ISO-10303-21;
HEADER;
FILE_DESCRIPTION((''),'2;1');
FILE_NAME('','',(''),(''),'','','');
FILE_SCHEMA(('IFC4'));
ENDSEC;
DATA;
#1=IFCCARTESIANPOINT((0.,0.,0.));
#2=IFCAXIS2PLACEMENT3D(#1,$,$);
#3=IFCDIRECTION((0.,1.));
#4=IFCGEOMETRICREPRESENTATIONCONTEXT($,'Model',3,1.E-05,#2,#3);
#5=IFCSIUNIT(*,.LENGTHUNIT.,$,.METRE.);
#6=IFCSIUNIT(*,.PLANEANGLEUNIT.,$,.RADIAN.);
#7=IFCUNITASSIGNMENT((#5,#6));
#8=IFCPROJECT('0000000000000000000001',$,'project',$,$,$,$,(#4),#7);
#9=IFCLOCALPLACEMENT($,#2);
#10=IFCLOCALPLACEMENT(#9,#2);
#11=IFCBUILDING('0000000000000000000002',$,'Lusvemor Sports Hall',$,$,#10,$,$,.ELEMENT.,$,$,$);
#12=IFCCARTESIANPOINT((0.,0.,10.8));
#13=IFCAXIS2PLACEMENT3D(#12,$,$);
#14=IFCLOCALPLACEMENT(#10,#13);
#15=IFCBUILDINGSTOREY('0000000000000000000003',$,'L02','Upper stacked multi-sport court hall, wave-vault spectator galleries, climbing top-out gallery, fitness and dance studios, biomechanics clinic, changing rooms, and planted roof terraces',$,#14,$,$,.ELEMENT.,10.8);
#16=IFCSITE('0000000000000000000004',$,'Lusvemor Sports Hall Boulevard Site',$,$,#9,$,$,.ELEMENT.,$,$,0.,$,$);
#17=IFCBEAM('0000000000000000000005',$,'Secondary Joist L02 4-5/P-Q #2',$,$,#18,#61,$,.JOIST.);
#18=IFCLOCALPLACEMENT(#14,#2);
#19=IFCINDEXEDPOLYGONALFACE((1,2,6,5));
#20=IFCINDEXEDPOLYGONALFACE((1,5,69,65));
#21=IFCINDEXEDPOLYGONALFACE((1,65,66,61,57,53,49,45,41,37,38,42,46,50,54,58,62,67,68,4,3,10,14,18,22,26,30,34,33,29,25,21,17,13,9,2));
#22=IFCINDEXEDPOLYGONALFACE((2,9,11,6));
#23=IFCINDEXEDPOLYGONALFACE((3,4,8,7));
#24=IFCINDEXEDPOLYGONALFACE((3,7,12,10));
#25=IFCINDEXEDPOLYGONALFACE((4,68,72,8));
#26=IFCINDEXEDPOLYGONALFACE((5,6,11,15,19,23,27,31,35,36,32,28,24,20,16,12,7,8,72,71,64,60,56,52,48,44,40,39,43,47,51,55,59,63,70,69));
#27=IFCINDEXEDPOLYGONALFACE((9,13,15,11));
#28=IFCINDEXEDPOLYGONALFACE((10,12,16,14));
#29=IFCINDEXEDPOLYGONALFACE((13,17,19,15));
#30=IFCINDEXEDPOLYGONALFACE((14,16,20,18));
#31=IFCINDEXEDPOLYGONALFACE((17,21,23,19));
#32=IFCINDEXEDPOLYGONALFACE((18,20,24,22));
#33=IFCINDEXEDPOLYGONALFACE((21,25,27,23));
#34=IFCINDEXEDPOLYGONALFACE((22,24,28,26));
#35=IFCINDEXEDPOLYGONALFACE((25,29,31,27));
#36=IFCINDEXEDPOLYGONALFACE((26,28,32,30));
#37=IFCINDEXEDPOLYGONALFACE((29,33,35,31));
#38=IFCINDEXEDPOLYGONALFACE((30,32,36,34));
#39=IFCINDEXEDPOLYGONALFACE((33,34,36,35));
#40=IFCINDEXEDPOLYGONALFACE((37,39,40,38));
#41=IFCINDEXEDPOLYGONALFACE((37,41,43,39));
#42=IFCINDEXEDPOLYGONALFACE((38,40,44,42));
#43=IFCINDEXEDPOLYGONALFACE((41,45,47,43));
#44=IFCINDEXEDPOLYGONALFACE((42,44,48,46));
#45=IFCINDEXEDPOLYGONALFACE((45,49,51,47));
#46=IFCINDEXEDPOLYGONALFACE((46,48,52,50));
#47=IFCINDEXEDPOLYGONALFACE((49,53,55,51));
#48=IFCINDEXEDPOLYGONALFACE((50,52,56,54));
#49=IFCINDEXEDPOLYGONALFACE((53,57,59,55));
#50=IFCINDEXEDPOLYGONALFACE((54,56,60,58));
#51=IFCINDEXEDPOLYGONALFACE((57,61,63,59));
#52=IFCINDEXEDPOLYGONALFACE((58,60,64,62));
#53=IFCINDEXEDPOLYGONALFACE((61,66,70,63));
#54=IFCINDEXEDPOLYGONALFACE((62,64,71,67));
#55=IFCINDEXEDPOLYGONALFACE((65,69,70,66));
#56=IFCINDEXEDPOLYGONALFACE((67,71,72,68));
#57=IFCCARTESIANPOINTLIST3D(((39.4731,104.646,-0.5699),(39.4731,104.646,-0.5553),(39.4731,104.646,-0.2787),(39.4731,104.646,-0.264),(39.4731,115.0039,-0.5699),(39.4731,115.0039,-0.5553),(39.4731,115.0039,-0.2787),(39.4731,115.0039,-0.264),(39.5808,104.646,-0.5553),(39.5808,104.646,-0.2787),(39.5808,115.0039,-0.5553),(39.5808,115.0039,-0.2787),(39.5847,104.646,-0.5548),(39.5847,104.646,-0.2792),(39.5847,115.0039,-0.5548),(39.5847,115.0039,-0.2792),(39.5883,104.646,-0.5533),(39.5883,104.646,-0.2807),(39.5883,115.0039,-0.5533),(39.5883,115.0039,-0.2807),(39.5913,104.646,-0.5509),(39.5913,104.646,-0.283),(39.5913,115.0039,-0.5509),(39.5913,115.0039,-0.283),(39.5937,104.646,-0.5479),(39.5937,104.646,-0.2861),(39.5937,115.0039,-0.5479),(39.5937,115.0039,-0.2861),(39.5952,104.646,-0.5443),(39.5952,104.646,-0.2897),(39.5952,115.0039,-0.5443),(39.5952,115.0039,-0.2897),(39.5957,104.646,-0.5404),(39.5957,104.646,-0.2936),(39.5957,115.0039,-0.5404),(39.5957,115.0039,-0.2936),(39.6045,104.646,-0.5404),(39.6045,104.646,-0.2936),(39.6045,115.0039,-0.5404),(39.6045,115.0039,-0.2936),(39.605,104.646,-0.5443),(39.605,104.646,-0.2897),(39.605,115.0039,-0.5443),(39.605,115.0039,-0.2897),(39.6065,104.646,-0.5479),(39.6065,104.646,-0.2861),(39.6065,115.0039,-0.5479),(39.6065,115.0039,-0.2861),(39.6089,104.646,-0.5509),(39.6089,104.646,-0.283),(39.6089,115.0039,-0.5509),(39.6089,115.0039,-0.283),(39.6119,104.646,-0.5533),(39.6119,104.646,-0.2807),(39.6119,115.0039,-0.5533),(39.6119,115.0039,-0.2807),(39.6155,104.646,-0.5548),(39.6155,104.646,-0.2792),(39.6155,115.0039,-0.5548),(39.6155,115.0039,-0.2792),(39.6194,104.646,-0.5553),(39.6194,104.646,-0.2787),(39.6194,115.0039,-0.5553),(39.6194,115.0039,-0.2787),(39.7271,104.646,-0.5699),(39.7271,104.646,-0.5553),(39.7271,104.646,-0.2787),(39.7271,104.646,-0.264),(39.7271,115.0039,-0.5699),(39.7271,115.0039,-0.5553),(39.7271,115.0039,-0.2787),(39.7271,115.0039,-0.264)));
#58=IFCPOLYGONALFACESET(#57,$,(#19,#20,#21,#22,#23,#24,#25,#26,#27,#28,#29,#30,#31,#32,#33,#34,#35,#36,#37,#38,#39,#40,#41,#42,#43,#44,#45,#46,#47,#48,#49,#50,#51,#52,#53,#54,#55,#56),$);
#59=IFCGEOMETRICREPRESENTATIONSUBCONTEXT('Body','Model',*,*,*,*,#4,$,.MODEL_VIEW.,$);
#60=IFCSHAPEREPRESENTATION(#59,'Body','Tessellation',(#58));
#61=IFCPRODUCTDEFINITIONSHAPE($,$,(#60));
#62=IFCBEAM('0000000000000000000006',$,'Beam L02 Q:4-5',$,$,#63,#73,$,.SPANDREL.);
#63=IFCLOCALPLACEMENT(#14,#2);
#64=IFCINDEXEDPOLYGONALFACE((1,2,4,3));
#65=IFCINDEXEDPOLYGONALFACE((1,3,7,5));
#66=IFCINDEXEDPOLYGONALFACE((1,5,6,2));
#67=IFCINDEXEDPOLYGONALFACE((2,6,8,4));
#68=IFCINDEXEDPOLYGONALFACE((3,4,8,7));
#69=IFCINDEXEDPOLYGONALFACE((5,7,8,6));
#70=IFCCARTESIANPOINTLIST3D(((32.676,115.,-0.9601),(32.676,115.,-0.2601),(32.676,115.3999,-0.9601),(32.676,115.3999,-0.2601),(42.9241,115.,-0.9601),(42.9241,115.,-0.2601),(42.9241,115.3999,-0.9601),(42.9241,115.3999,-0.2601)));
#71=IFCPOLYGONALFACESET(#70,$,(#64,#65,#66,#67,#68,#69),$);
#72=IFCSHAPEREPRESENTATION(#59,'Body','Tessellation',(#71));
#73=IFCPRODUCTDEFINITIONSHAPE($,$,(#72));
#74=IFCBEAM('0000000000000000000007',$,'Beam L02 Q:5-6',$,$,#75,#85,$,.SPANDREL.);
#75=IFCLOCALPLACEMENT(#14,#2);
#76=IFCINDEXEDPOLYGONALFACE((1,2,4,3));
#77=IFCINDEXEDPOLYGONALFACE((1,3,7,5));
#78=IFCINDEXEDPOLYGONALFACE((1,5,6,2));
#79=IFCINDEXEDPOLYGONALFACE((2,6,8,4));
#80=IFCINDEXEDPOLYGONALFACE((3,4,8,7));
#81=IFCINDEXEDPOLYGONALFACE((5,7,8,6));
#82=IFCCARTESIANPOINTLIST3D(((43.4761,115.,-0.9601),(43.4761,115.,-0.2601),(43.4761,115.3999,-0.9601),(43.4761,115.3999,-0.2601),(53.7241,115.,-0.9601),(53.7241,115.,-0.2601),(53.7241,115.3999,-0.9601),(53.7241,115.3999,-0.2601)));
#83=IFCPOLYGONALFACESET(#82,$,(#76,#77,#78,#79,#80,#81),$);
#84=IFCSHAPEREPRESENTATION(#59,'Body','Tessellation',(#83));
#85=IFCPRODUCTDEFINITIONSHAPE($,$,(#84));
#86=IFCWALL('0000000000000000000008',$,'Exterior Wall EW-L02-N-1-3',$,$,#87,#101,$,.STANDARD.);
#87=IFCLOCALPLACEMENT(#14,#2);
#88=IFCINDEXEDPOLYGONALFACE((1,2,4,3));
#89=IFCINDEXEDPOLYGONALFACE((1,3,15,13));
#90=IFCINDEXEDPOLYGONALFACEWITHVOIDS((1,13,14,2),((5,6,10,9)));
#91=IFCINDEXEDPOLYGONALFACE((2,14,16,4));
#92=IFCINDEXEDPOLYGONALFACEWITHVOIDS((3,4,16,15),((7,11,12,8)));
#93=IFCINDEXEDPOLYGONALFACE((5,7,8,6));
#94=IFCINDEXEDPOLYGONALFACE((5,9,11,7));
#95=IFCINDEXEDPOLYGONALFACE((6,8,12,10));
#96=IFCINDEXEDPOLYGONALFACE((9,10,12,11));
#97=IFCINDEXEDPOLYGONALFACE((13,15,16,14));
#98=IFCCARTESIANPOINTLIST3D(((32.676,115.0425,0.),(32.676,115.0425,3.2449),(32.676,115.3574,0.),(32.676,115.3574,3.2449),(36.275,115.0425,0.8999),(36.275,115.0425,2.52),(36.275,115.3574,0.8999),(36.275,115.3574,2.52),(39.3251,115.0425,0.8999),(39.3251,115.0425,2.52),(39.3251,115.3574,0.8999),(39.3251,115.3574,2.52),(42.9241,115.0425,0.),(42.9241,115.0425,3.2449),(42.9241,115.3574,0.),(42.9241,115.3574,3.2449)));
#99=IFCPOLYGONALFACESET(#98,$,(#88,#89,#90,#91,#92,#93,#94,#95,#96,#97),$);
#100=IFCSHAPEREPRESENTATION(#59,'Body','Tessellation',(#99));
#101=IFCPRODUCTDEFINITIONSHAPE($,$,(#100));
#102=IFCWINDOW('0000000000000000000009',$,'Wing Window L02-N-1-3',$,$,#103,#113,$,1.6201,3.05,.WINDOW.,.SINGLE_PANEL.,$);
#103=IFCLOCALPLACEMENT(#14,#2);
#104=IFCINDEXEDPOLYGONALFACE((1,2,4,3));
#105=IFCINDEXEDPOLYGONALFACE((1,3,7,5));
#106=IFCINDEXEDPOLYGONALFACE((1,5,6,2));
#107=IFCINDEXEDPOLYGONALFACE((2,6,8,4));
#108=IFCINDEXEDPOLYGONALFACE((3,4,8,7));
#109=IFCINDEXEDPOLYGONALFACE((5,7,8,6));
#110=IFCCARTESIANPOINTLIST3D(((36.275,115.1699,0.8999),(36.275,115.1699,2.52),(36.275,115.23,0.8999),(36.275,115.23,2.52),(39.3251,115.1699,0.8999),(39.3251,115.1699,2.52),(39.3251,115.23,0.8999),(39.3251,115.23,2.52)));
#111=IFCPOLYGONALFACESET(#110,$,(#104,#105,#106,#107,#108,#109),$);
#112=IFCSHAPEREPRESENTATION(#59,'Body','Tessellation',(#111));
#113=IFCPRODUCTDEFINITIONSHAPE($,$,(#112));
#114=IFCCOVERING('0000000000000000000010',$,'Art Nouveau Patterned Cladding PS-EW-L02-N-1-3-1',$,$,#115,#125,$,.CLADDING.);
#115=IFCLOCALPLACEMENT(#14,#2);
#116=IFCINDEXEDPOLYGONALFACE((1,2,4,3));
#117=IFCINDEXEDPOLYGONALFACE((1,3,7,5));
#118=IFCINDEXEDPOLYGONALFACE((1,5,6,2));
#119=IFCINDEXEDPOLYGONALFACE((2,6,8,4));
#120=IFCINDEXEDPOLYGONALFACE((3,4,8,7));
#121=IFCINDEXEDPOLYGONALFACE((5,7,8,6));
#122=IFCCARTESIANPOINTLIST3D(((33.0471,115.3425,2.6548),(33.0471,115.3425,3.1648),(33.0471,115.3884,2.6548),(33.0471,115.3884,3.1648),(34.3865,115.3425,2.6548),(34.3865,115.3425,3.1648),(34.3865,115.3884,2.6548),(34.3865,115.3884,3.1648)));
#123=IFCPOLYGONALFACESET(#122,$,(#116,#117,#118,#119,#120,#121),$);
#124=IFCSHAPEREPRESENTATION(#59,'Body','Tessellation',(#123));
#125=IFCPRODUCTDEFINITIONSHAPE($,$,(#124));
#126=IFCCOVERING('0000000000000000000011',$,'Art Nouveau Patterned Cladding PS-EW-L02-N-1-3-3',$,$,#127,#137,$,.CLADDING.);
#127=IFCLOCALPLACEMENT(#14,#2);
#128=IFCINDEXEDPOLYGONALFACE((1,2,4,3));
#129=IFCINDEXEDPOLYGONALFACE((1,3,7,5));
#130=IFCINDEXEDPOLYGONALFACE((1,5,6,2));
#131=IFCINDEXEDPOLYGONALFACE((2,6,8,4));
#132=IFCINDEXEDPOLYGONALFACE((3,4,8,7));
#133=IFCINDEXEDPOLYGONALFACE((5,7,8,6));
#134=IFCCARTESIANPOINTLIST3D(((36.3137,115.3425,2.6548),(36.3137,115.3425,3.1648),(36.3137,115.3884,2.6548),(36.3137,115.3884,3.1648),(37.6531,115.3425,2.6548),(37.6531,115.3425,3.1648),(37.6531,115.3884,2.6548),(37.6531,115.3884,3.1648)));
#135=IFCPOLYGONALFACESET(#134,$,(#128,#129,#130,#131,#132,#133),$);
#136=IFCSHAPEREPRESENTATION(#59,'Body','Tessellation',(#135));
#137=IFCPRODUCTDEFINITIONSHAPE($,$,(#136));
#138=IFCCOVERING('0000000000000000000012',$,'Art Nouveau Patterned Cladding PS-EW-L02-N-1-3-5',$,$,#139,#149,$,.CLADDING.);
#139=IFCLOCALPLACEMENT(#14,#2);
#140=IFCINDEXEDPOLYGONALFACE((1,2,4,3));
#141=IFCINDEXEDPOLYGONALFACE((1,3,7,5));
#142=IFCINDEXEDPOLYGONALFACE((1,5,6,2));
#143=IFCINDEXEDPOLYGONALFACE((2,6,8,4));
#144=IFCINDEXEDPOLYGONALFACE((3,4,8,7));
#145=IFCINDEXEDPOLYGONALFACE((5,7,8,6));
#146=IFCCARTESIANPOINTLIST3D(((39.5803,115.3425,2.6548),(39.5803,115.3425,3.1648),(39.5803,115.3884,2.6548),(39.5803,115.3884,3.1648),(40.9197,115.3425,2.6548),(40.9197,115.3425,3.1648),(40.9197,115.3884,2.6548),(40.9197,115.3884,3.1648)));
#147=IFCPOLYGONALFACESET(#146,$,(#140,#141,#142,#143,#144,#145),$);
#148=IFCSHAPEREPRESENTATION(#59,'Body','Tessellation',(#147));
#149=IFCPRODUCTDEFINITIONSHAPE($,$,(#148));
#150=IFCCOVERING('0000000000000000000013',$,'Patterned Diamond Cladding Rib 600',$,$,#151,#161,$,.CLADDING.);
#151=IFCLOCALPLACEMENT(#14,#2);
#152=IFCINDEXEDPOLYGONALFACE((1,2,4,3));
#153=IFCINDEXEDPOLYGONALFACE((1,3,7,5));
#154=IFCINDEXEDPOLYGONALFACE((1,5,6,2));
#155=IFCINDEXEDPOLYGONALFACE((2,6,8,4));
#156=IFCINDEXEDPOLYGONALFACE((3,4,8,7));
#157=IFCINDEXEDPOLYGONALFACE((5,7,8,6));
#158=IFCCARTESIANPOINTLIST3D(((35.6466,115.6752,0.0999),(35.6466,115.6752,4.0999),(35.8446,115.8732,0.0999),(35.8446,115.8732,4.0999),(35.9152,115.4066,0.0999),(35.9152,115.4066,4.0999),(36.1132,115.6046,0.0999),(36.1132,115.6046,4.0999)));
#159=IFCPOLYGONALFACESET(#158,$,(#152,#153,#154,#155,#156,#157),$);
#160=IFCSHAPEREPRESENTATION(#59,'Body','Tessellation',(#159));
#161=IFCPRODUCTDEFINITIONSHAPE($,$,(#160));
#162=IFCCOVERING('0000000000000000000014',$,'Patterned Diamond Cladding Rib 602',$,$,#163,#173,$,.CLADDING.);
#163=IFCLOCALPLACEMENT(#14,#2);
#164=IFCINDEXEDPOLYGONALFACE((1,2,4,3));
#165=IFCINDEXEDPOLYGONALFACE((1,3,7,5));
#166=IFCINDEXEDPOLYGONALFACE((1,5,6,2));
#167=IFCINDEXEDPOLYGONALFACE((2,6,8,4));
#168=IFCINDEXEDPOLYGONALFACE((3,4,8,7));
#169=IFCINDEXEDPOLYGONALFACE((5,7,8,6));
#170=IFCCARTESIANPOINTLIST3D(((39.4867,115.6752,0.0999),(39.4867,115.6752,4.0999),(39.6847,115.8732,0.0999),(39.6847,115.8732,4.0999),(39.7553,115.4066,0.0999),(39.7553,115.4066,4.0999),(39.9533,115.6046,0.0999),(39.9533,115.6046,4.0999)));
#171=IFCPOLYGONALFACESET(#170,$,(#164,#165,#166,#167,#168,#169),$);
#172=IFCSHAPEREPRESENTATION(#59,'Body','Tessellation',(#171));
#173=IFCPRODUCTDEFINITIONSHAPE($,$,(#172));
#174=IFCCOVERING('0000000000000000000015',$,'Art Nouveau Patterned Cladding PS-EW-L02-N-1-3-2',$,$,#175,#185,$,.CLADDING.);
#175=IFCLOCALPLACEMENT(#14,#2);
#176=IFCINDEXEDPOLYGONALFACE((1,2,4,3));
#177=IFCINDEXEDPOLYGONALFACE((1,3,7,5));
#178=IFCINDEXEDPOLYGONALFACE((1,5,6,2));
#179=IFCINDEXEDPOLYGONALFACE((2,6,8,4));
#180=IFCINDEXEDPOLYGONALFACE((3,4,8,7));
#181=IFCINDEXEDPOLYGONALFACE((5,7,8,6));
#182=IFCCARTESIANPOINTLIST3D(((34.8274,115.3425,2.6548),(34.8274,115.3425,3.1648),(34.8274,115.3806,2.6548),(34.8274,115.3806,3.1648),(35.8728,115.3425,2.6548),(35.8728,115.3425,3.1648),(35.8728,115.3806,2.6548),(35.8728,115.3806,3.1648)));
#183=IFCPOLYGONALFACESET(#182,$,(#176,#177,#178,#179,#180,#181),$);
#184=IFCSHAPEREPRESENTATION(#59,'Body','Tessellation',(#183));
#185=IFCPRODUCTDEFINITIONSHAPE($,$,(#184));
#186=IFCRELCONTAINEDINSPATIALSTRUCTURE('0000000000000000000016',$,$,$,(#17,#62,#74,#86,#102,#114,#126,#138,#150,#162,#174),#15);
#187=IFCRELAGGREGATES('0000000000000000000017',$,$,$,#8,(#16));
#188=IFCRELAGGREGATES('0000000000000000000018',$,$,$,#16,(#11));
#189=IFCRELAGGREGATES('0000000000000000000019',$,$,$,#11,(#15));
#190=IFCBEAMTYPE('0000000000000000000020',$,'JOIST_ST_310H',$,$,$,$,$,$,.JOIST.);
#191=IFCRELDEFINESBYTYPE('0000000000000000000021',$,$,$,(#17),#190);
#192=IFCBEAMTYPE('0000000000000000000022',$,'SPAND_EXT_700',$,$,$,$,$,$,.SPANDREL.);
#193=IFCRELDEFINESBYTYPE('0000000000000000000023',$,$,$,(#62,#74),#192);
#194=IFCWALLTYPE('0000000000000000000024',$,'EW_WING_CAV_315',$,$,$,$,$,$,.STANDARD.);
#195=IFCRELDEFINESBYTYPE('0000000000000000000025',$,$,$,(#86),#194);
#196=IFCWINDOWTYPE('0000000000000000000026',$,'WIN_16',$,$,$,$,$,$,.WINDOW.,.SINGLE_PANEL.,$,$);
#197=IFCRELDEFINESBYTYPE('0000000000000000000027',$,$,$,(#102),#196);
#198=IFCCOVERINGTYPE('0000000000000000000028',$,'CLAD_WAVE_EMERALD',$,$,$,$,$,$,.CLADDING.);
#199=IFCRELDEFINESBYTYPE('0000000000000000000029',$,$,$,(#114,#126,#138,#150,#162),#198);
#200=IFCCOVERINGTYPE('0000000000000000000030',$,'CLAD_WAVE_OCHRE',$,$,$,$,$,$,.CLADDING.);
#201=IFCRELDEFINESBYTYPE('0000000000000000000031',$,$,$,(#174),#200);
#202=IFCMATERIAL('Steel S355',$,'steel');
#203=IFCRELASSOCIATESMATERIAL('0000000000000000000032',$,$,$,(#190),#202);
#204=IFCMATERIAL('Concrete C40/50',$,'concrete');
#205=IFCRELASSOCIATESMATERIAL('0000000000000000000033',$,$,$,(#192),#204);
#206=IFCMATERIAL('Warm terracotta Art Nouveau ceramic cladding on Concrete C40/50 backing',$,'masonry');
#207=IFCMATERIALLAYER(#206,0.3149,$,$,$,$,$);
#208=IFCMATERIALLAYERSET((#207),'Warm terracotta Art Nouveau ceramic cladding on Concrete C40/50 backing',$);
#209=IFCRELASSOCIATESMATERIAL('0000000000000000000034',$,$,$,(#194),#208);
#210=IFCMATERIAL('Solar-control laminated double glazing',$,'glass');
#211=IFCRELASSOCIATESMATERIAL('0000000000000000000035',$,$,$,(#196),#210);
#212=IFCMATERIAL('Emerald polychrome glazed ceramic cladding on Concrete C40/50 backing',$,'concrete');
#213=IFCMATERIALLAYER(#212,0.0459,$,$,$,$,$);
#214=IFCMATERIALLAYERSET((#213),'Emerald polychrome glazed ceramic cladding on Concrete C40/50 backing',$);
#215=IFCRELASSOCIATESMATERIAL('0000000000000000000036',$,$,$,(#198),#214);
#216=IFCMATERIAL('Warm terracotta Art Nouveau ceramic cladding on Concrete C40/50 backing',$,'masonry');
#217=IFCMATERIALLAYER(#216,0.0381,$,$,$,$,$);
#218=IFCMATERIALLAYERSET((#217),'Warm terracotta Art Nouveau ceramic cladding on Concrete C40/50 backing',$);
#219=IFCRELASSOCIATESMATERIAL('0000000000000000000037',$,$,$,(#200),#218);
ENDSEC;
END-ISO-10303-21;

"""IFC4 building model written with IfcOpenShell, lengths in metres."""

from ifc_helpers import new_model, si_unit, direction, frame, frame_2d, origin, origin_2d, place, context, subcontext, project, spatial, rectangle, i_section, extrude, material, layer, layer_set, material_profile, profile_set, type_object, element, fill, save


model = new_model("IFC4")

# Units and contexts
model_context = context("Model", 3, precision=1e-05, world=origin(), true_north=direction((0.0, 1.0)))
body_context = subcontext(model_context, "Body", "Model", "MODEL_VIEW")
ifc_project = project(units=[si_unit("LENGTHUNIT", "METRE"), si_unit("PLANEANGLEUNIT", "RADIAN")], contexts=[model_context])

# Site, building, storey
site_placement = place(None, origin())
site = spatial("IfcSite", under=ifc_project, at=site_placement, Name="Lusvemor Sports Hall Boulevard Site", CompositionType="ELEMENT", RefElevation=0.0)
building_placement = place(site_placement, origin())
building = spatial("IfcBuilding", under=site, at=building_placement, Name="Lusvemor Sports Hall", CompositionType="ELEMENT")
storey_placement = place(building_placement, frame((0.0, 0.0, 10.8)))
storey = spatial("IfcBuildingStorey", under=building, at=storey_placement, Name="L02", Description="Upper stacked multi-sport court hall, wave-vault spectator galleries, climbing top-out gallery, fitness and dance studios, biomechanics clinic, changing rooms, and planted roof terraces", CompositionType="ELEMENT", Elevation=10.8)

# Beams
ifc_material_1 = material(Name="Steel S355", Category="steel")
ifc_material_profile_1 = material_profile(ifc_material_1, i_section(OverallWidth=0.2539, OverallDepth=0.3059, WebThickness=0.0088, FlangeThickness=0.0146, FilletRadius=0.0149, at=origin_2d()), Name="W310x79.0")
ifc_profile_set_1 = profile_set([ifc_material_profile_1], Name="Steel S355")
beam_type_1 = type_object("IfcBeamType", Name="JOIST_ST_310H", PredefinedType="JOIST", material=ifc_profile_set_1)
for number, where, z_axis, x_axis, name in (
    (1, (39.6001, 104.646, -0.417), (0.0, 1.0, 0.0), (-1.0, 0.0, 0.0), "Secondary Joist L02 4-5/P-Q #2"),
):
    element("IfcBeam", number, at=place(storey_placement, frame(where, z_axis=z_axis, x_axis=x_axis)), inside=storey, type_object=beam_type_1, Name=name, PredefinedType="JOIST", context=body_context, shape_type="SweptSolid", body=[
        extrude(i_section(OverallWidth=0.2539, OverallDepth=0.3059, WebThickness=0.0088, FlangeThickness=0.0146, FilletRadius=0.0149, at=origin_2d()), origin(), (0.0, 0.0, 1.0), 10.3579),
    ])
ifc_material_2 = material(Name="Concrete C40/50", Category="concrete")
ifc_material_profile_2 = material_profile(ifc_material_2, rectangle(XDim=0.3999, YDim=0.7, at=origin_2d()), Name="RC400x700")
ifc_profile_set_2 = profile_set([ifc_material_profile_2], Name="Concrete C40/50")
beam_type_2 = type_object("IfcBeamType", Name="SPAND_EXT_700", PredefinedType="SPANDREL", material=ifc_profile_set_2)
for number, where, z_axis, x_axis, name in (
    (2, (32.676, 115.2, -0.6101), (1.0, 0.0, 0.0), (0.0, 1.0, 0.0), "Beam L02 Q:4-5"),
    (3, (43.4761, 115.2, -0.6101), (1.0, 0.0, 0.0), (0.0, 1.0, 0.0), "Beam L02 Q:5-6"),
):
    element("IfcBeam", number, at=place(storey_placement, frame(where, z_axis=z_axis, x_axis=x_axis)), inside=storey, type_object=beam_type_2, Name=name, PredefinedType="SPANDREL", context=body_context, shape_type="SweptSolid", body=[
        extrude(rectangle(XDim=0.3999, YDim=0.7, at=origin_2d()), origin(), (0.0, 0.0, 1.0), 10.248),
    ])

# Wall, opening, window
ifc_material_3 = material(Name="Warm terracotta Art Nouveau ceramic cladding on Concrete C40/50 backing", Category="masonry")
ifc_layer_1 = layer(ifc_material_3, 0.3149)
ifc_layer_set_1 = layer_set([ifc_layer_1], Name="Warm terracotta Art Nouveau ceramic cladding on Concrete C40/50 backing")
wall_type = type_object("IfcWallType", Name="EW_WING_CAV_315", PredefinedType="STANDARD", material=ifc_layer_set_1)
wall_placement = place(storey_placement, frame((32.676, 115.2, 0.0), z_axis=(0.0, 0.0, 1.0), x_axis=(1.0, 0.0, 0.0)))
wall = element("IfcWall", 4, at=wall_placement, inside=storey, type_object=wall_type, Name="Exterior Wall EW-L02-N-1-3", PredefinedType="STANDARD", context=body_context, shape_type="SweptSolid", body=[
    extrude(rectangle(XDim=10.248, YDim=0.3149, at=frame_2d((5.124, 0.0))), origin(), (0.0, 0.0, 1.0), 3.2449),
])
opening_placement = place(wall_placement, frame((3.5991, 0.0, 0.8999)))
opening = element("IfcOpeningElement", 5, at=opening_placement, cuts=wall, PredefinedType="OPENING", context=body_context, shape_type="SweptSolid", body=[
    extrude(rectangle(XDim=3.05, YDim=1.6201, at=frame_2d((1.5249, 0.8101))), frame((0.0, 0.1575, 0.0), z_axis=(0.0, -1.0, 0.0), x_axis=(1.0, 0.0, 0.0)), (0.0, 0.0, 1.0), 0.3149),
])
ifc_material_4 = material(Name="Solar-control laminated double glazing", Category="glass")
window_type = type_object("IfcWindowType", Name="WIN_16", PartitioningType="SINGLE_PANEL", PredefinedType="WINDOW", material=ifc_material_4)
window_placement = place(opening_placement, origin())
window = element("IfcWindow", 6, at=window_placement, inside=storey, type_object=window_type, Name="Wing Window L02-N-1-3", OverallHeight=1.6201, OverallWidth=3.05, PartitioningType="SINGLE_PANEL", PredefinedType="WINDOW", context=body_context, shape_type="SweptSolid", body=[
    extrude(rectangle(XDim=3.05, YDim=1.6201, at=frame_2d((1.5249, 0.8101))), frame((0.0, 0.03, 0.0), z_axis=(0.0, -1.0, 0.0), x_axis=(1.0, 0.0, 0.0)), (0.0, 0.0, 1.0), 0.0601),
])
fill(opening, window)

# Coverings
ifc_material_5 = material(Name="Emerald polychrome glazed ceramic cladding on Concrete C40/50 backing", Category="concrete")
ifc_layer_2 = layer(ifc_material_5, 0.0459)
ifc_layer_set_2 = layer_set([ifc_layer_2], Name="Emerald polychrome glazed ceramic cladding on Concrete C40/50 backing")
covering_type_1 = type_object("IfcCoveringType", Name="CLAD_WAVE_EMERALD", PredefinedType="CLADDING", material=ifc_layer_set_2)
for number, where, z_axis, x_axis, name in (
    (7, (33.7168, 115.3655, 2.6548), (0.0, 0.0, 1.0), (1.0, 0.0, 0.0), "Art Nouveau Patterned Cladding PS-EW-L02-N-1-3-1"),
    (8, (36.9834, 115.3655, 2.6548), (0.0, 0.0, 1.0), (1.0, 0.0, 0.0), "Art Nouveau Patterned Cladding PS-EW-L02-N-1-3-3"),
    (9, (40.25, 115.3655, 2.6548), (0.0, 0.0, 1.0), (1.0, 0.0, 0.0), "Art Nouveau Patterned Cladding PS-EW-L02-N-1-3-5"),
):
    element("IfcCovering", number, at=place(storey_placement, frame(where, z_axis=z_axis, x_axis=x_axis)), inside=storey, type_object=covering_type_1, Name=name, PredefinedType="CLADDING", context=body_context, shape_type="SweptSolid", body=[
        extrude(rectangle(XDim=1.3394, YDim=0.0459, at=origin_2d()), origin(), (0.0, 0.0, 1.0), 0.51),
    ])
for number, where, z_axis, x_axis, name in (
    (10, (35.8799, 115.6399, 0.0999), (0.0, 0.0, 1.0), (0.707107, 0.707107, 0.0), "Patterned Diamond Cladding Rib 600"),
    (11, (39.72, 115.6399, 0.0999), (0.0, 0.0, 1.0), (0.707107, 0.707107, 0.0), "Patterned Diamond Cladding Rib 602"),
):
    element("IfcCovering", number, at=place(storey_placement, frame(where, z_axis=z_axis, x_axis=x_axis)), inside=storey, type_object=covering_type_1, Name=name, PredefinedType="CLADDING", context=body_context, shape_type="SweptSolid", body=[
        extrude(rectangle(XDim=0.28, YDim=0.3799, at=origin_2d()), origin(), (0.0, 0.0, 1.0), 4.0),
    ])
ifc_material_6 = material(Name="Warm terracotta Art Nouveau ceramic cladding on Concrete C40/50 backing", Category="masonry")
ifc_layer_3 = layer(ifc_material_6, 0.0381)
ifc_layer_set_3 = layer_set([ifc_layer_3], Name="Warm terracotta Art Nouveau ceramic cladding on Concrete C40/50 backing")
covering_type_2 = type_object("IfcCoveringType", Name="CLAD_WAVE_OCHRE", PredefinedType="CLADDING", material=ifc_layer_set_3)
for number, where, z_axis, x_axis, name in (
    (12, (35.3501, 115.3616, 2.6548), (0.0, 0.0, 1.0), (1.0, 0.0, 0.0), "Art Nouveau Patterned Cladding PS-EW-L02-N-1-3-2"),
):
    element("IfcCovering", number, at=place(storey_placement, frame(where, z_axis=z_axis, x_axis=x_axis)), inside=storey, type_object=covering_type_2, Name=name, PredefinedType="CLADDING", context=body_context, shape_type="SweptSolid", body=[
        extrude(rectangle(XDim=1.0454, YDim=0.0381, at=origin_2d()), origin(), (0.0, 0.0, 1.0), 0.51),
    ])

save(model, "model.ifc")
